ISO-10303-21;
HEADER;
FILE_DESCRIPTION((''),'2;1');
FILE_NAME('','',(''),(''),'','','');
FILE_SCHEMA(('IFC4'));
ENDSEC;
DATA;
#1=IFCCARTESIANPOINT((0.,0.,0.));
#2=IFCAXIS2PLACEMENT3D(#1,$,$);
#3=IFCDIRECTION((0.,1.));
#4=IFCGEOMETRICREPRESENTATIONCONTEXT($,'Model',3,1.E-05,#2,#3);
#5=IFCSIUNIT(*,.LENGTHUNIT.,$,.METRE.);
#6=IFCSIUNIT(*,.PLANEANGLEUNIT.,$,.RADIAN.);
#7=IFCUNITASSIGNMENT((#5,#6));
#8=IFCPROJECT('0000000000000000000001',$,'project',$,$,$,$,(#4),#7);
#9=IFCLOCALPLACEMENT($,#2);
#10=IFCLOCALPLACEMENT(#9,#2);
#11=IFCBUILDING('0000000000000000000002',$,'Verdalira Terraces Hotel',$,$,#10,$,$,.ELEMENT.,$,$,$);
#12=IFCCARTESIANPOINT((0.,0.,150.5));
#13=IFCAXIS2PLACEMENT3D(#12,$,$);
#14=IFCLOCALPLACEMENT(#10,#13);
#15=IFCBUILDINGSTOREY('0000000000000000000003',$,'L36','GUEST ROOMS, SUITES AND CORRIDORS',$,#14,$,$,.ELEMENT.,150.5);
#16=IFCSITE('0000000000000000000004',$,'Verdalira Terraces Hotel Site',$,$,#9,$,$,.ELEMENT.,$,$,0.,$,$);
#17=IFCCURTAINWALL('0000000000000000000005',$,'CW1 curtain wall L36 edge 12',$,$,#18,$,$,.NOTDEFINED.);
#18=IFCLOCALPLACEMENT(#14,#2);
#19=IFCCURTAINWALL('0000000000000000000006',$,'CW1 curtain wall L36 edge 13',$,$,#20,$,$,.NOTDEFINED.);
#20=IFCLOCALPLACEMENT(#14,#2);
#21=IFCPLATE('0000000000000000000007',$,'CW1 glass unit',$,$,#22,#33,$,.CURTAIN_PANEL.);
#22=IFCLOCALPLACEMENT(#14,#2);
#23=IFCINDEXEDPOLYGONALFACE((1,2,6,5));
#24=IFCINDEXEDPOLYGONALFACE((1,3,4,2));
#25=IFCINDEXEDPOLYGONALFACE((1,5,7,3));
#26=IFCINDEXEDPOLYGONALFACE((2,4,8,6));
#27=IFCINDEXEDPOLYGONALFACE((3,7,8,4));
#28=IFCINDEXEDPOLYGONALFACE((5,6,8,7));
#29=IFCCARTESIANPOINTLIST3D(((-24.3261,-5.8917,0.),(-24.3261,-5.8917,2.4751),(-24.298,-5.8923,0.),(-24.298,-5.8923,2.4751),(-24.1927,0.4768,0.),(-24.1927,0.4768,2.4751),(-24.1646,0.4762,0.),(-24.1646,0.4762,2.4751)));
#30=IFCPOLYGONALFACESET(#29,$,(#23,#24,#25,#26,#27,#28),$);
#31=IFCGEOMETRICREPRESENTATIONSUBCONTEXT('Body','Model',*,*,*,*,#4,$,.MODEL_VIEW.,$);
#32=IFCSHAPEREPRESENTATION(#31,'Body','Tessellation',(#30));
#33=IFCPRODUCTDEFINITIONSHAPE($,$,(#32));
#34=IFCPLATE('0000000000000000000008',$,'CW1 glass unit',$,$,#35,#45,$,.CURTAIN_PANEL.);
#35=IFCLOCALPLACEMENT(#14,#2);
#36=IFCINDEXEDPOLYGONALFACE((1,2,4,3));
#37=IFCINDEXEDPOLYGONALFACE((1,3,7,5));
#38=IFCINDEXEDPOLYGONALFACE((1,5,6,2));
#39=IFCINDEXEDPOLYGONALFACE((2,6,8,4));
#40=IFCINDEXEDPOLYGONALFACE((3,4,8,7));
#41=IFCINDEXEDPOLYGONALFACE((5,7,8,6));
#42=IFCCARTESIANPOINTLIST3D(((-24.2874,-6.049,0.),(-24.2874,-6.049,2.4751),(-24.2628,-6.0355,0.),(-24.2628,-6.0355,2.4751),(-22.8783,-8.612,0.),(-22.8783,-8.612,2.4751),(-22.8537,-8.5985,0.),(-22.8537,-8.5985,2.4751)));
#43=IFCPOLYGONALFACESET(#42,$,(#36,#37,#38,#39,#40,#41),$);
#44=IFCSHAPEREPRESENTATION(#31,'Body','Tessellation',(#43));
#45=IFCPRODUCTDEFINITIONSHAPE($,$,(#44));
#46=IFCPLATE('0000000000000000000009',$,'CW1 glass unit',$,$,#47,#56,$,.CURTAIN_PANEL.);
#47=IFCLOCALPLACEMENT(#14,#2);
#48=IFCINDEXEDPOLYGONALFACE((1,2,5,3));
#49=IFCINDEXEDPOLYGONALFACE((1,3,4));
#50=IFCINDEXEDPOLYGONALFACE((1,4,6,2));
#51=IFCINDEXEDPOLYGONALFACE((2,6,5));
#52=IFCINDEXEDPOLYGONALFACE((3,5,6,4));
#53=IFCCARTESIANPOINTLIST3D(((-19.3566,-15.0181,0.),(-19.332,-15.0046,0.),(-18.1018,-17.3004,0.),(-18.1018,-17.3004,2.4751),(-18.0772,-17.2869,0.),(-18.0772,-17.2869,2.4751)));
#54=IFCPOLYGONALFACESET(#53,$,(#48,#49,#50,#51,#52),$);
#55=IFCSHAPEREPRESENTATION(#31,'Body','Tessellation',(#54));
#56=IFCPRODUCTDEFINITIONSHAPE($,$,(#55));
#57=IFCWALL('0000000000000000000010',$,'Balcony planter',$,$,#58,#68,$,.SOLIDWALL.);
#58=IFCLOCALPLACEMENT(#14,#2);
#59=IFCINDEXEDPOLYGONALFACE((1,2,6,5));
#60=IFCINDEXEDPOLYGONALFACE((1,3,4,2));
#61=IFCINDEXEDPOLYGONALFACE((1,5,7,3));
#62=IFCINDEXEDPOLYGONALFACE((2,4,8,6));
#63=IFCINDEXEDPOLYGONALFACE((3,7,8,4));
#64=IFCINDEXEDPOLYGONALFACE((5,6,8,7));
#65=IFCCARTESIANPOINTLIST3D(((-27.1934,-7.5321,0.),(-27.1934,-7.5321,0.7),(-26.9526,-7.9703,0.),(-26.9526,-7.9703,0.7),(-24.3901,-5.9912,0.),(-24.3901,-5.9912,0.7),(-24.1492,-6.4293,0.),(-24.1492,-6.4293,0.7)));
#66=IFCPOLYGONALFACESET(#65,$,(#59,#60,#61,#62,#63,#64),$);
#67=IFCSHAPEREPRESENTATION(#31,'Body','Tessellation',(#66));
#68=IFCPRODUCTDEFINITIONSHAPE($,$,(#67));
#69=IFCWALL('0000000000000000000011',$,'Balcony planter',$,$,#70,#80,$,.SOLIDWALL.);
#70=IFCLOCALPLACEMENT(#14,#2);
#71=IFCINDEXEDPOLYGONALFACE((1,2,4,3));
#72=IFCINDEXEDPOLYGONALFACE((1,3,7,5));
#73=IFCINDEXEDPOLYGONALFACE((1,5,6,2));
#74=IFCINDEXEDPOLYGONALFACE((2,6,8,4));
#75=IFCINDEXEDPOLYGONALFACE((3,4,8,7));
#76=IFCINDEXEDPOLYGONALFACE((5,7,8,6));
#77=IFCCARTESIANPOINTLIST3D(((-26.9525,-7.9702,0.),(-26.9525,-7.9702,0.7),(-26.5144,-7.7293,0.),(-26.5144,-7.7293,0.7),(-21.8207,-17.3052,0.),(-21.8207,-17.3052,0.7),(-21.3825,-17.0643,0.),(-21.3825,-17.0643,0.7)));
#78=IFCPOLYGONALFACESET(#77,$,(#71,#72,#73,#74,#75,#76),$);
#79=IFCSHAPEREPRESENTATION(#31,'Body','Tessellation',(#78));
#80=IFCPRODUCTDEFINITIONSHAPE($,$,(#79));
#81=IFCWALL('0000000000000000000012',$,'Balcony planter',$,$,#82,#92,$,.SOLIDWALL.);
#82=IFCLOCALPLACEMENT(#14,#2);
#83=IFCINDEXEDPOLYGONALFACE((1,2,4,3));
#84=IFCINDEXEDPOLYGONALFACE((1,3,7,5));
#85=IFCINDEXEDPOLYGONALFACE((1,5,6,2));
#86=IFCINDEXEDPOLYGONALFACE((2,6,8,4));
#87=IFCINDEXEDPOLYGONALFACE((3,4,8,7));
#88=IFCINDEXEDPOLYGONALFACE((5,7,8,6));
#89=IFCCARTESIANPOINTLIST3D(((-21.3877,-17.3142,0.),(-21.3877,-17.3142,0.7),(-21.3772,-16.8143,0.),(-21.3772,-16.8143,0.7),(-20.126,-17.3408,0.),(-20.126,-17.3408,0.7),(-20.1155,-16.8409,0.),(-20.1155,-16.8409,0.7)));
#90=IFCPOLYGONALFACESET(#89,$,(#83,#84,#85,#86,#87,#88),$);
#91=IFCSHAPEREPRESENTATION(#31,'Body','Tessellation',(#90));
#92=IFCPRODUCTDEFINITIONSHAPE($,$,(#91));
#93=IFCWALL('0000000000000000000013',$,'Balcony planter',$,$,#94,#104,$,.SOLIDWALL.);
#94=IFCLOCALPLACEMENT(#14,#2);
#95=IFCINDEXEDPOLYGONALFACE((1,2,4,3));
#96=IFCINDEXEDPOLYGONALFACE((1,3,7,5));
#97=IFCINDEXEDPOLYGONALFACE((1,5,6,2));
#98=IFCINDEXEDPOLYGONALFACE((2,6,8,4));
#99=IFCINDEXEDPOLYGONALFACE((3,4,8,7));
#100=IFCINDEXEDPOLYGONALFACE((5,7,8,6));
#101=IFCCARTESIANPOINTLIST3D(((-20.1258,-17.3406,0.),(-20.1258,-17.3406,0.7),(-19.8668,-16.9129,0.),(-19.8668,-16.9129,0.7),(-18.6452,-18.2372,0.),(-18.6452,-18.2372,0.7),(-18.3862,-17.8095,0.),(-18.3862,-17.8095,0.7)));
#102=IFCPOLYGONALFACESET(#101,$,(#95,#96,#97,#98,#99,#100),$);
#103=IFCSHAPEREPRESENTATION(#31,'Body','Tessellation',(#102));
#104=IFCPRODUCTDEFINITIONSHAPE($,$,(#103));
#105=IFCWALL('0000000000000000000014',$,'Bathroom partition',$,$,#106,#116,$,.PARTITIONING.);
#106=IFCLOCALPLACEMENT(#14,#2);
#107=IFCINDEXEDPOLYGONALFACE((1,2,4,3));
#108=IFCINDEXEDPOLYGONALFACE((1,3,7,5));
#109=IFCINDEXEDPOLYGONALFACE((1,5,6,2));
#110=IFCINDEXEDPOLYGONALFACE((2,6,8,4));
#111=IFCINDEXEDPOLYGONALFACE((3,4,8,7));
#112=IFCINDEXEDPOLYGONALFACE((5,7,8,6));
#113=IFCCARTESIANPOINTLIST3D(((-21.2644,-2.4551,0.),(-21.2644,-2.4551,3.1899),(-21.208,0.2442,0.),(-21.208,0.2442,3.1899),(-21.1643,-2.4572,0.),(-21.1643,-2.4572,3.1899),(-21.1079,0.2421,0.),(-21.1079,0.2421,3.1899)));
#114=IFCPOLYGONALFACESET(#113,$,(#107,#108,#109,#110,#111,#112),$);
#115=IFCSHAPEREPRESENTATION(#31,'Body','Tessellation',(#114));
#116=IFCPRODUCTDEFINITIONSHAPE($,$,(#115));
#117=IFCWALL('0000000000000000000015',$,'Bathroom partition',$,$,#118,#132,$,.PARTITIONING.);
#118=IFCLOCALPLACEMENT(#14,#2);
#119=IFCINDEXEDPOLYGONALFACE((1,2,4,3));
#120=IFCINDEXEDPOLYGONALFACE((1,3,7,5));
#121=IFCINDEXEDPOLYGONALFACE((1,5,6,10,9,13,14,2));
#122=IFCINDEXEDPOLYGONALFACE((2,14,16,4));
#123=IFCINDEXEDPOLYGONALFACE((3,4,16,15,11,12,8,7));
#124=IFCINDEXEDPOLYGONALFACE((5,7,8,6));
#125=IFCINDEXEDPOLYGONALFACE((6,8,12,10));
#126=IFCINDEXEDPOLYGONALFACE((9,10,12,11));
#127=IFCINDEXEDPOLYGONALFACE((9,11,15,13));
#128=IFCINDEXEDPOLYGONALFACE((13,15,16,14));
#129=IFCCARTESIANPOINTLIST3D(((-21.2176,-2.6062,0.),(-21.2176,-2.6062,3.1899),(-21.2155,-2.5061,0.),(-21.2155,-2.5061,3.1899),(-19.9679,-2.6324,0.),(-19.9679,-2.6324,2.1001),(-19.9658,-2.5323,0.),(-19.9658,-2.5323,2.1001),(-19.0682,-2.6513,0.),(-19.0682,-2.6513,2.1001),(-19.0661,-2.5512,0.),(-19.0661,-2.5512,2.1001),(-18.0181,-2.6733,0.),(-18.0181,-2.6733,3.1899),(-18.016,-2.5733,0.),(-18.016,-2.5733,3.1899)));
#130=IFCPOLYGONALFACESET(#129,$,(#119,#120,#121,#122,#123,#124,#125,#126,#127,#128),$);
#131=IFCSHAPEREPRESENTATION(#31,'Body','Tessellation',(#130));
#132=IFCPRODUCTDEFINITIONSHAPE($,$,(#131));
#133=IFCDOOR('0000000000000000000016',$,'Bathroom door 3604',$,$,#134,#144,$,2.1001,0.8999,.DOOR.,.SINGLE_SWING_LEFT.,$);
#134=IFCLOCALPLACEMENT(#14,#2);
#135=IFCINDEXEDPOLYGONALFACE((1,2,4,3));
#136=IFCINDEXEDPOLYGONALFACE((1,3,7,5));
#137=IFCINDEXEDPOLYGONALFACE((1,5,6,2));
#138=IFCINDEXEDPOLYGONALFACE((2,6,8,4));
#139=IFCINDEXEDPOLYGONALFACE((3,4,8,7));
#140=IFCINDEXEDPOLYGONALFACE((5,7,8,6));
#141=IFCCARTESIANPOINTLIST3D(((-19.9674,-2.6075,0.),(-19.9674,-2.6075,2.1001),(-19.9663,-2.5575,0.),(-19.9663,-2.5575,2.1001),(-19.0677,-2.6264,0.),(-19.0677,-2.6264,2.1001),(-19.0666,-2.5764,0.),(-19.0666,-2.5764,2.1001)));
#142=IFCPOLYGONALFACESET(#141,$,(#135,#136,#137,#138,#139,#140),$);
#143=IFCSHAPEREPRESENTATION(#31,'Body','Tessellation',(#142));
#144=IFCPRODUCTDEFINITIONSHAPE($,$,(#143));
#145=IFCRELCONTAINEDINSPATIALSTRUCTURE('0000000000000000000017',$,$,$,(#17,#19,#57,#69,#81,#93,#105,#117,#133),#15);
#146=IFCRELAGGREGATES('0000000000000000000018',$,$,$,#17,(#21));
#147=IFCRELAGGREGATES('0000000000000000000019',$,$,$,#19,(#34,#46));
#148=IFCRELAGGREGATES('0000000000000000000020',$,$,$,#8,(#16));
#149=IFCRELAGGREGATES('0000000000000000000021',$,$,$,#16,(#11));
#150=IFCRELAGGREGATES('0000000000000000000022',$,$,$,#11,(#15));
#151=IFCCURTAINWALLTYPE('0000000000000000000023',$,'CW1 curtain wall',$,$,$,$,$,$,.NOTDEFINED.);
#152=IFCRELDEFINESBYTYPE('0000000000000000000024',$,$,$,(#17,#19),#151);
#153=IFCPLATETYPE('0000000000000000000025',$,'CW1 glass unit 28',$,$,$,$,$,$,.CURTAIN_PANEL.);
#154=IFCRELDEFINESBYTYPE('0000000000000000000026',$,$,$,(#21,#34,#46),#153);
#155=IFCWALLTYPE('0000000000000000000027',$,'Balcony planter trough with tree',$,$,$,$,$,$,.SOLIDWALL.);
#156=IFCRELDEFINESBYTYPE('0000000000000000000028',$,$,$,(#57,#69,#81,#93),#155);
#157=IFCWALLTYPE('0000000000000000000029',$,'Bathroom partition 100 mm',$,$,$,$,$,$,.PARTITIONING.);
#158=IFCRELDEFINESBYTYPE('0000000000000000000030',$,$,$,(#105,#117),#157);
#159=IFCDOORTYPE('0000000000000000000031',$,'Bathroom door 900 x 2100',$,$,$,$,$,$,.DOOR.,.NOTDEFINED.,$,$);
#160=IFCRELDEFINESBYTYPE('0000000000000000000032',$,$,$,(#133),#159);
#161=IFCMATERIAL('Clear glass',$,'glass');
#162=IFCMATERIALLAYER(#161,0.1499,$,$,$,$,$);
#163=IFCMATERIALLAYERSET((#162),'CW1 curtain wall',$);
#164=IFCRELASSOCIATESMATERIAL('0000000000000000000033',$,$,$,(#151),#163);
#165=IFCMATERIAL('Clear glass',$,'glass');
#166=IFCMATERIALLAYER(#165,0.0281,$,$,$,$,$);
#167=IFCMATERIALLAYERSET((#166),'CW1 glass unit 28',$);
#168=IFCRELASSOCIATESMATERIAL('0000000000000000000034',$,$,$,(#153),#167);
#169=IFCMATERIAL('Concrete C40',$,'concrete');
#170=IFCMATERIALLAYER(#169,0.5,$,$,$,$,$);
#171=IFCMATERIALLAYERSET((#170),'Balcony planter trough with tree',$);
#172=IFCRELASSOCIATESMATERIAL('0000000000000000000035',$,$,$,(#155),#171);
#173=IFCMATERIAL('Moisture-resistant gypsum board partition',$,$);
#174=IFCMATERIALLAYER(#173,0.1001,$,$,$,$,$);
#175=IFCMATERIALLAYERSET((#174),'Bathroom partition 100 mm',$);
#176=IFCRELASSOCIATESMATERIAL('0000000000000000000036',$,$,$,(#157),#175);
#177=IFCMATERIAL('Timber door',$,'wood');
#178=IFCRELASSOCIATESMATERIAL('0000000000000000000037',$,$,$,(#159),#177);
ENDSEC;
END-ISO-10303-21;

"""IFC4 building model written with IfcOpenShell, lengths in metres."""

from ifc_helpers import new_model, si_unit, direction, frame, frame_2d, origin, origin_2d, place, context, subcontext, project, spatial, polyline, rectangle, outline, extrude, material, layer, layer_set, type_object, element, fill, aggregate, save


model = new_model("IFC4")

# Units and contexts
model_context = context("Model", 3, precision=1e-05, world=origin(), true_north=direction((0.0, 1.0)))
body_context = subcontext(model_context, "Body", "Model", "MODEL_VIEW")
ifc_project = project(units=[si_unit("LENGTHUNIT", "METRE"), si_unit("PLANEANGLEUNIT", "RADIAN")], contexts=[model_context])

# Site, building, storey
site_placement = place(None, origin())
site = spatial("IfcSite", under=ifc_project, at=site_placement, Name="Verdalira Terraces Hotel Site", CompositionType="ELEMENT", RefElevation=0.0)
building_placement = place(site_placement, origin())
building = spatial("IfcBuilding", under=site, at=building_placement, Name="Verdalira Terraces Hotel", CompositionType="ELEMENT")
storey_placement = place(building_placement, frame((0.0, 0.0, 150.5)))
storey = spatial("IfcBuildingStorey", under=building, at=storey_placement, Name="L36", Description="GUEST ROOMS, SUITES AND CORRIDORS", CompositionType="ELEMENT", Elevation=150.5)

# Curtain wall
ifc_material_1 = material(Name="Clear glass", Category="glass")
ifc_layer_1 = layer(ifc_material_1, 0.1499)
ifc_layer_set_1 = layer_set([ifc_layer_1], Name="CW1 curtain wall")
curtain_wall_type = type_object("IfcCurtainWallType", Name="CW1 curtain wall", PredefinedType="NOTDEFINED", material=ifc_layer_set_1)
curtain_wall_1_placement = place(storey_placement, origin())
curtain_wall_1 = element("IfcCurtainWall", 1, at=curtain_wall_1_placement, inside=storey, type_object=curtain_wall_type, Name="CW1 curtain wall L36 edge 12", PredefinedType="NOTDEFINED")

# Curtain wall
curtain_wall_2_placement = place(storey_placement, origin())
curtain_wall_2 = element("IfcCurtainWall", 2, at=curtain_wall_2_placement, inside=storey, type_object=curtain_wall_type, Name="CW1 curtain wall L36 edge 13", PredefinedType="NOTDEFINED")

# Plates
ifc_material_2 = material(Name="Clear glass", Category="glass")
ifc_layer_2 = layer(ifc_material_2, 0.0281)
ifc_layer_set_2 = layer_set([ifc_layer_2], Name="CW1 glass unit 28")
plate_type = type_object("IfcPlateType", Name="CW1 glass unit 28", PredefinedType="CURTAIN_PANEL", material=ifc_layer_set_2)
plate_1_placement = place(storey_placement, frame((-24.2454, -2.7078, 0.0), z_axis=(0.0, 0.0, 1.0), x_axis=(-0.020942, -0.999781, 0.0)))
plate_1 = element("IfcPlate", 3, at=plate_1_placement, type_object=plate_type, Name="CW1 glass unit", PredefinedType="CURTAIN_PANEL", context=body_context, shape_type="SweptSolid", body=[
    extrude(rectangle(XDim=6.3699, YDim=0.0281, at=origin_2d()), origin(), (0.0, 0.0, 1.0), 2.4751),
])
aggregate(curtain_wall_1, [plate_1])
plate_2_placement = place(storey_placement, frame((-23.5706, -7.3237, 0.0), z_axis=(0.0, 0.0, 1.0), x_axis=(0.481754, -0.876307, 0.0)))
plate_2 = element("IfcPlate", 4, at=plate_2_placement, type_object=plate_type, Name="CW1 glass unit", PredefinedType="CURTAIN_PANEL", context=body_context, shape_type="SweptSolid", body=[
    extrude(rectangle(XDim=2.9248, YDim=0.0281, at=origin_2d()), origin(), (0.0, 0.0, 1.0), 2.4751),
])
plate_3_placement = place(storey_placement, frame((-18.7046, -16.1458, 1.2375), z_axis=(-0.876307, -0.481754, 0.0), x_axis=(0.481754, -0.876307, 0.0)))
plate_3 = element("IfcPlate", 5, at=plate_3_placement, type_object=plate_type, Name="CW1 glass unit", PredefinedType="CURTAIN_PANEL", context=body_context, shape_type="SweptSolid", body=[
    extrude(outline(polyline([(-1.3022, -1.2375), (1.3022, -1.2375), (1.3022, 1.2375), (-1.3022, -1.2375)])), origin(), (0.0, 0.0, 1.0), 0.0281),
])
aggregate(curtain_wall_2, [plate_2, plate_3])

# Walls
ifc_material_3 = material(Name="Concrete C40", Category="concrete")
ifc_layer_3 = layer(ifc_material_3, 0.5)
ifc_layer_set_3 = layer_set([ifc_layer_3], Name="Balcony planter trough with tree")
wall_type_1 = type_object("IfcWallType", Name="Balcony planter trough with tree", PredefinedType="SOLIDWALL", material=ifc_layer_set_3)
wall_1_placement = place(storey_placement, frame((-24.2695, -6.2102, 0.0), z_axis=(0.0, 0.0, 1.0), x_axis=(-0.876334, -0.481705, 0.0)))
element("IfcWall", 6, at=wall_1_placement, inside=storey, type_object=wall_type_1, Name="Balcony planter", PredefinedType="SOLIDWALL", context=body_context, shape_type="SweptSolid", body=[
    extrude(rectangle(XDim=3.199, YDim=0.5, at=frame_2d((1.5996, 0.0))), origin(), (0.0, 0.0, 1.0), 0.7),
])
wall_2_placement = place(storey_placement, frame((-26.7334, -7.8499, 0.0), z_axis=(0.0, 0.0, 1.0), x_axis=(0.481746, -0.876311, 0.0)))
element("IfcWall", 7, at=wall_2_placement, inside=storey, type_object=wall_type_1, Name="Balcony planter", PredefinedType="SOLIDWALL", context=body_context, shape_type="SweptSolid", body=[
    extrude(rectangle(XDim=10.6526, YDim=0.5, at=frame_2d((5.3262, 0.0))), origin(), (0.0, 0.0, 1.0), 0.7),
])
wall_3_placement = place(storey_placement, frame((-21.3823, -17.0642, 0.0), z_axis=(0.0, 0.0, 1.0), x_axis=(0.999778, -0.021087, 0.0)))
element("IfcWall", 8, at=wall_3_placement, inside=storey, type_object=wall_type_1, Name="Balcony planter", PredefinedType="SOLIDWALL", context=body_context, shape_type="SweptSolid", body=[
    extrude(rectangle(XDim=1.262, YDim=0.5, at=frame_2d((0.6309, 0.0))), origin(), (0.0, 0.0, 1.0), 0.7),
])
wall_4_placement = place(storey_placement, frame((-19.9963, -17.1267, 0.0), z_axis=(0.0, 0.0, 1.0), x_axis=(0.85537, -0.518017, 0.0)))
element("IfcWall", 9, at=wall_4_placement, inside=storey, type_object=wall_type_1, Name="Balcony planter", PredefinedType="SOLIDWALL", context=body_context, shape_type="SweptSolid", body=[
    extrude(rectangle(XDim=1.731, YDim=0.5, at=frame_2d((0.8655, 0.0))), origin(), (0.0, 0.0, 1.0), 0.7),
])
ifc_material_4 = material(Name="Moisture-resistant gypsum board partition")
ifc_layer_4 = layer(ifc_material_4, 0.1001)
ifc_layer_set_4 = layer_set([ifc_layer_4], Name="Bathroom partition 100 mm")
wall_type_2 = type_object("IfcWallType", Name="Bathroom partition 100 mm", PredefinedType="PARTITIONING", material=ifc_layer_set_4)
wall_5_placement = place(storey_placement, frame((-21.2144, -2.4563, 0.0), z_axis=(0.0, 0.0, 1.0), x_axis=(0.020887, 0.999782, 0.0)))
element("IfcWall", 10, at=wall_5_placement, inside=storey, type_object=wall_type_2, Name="Bathroom partition", PredefinedType="PARTITIONING", context=body_context, shape_type="SweptSolid", body=[
    extrude(rectangle(XDim=2.7, YDim=0.1001, at=frame_2d((1.3501, 0.0))), origin(), (0.0, 0.0, 1.0), 3.1899),
])

# Wall, opening, door
wall_6_placement = place(storey_placement, frame((-21.2166, -2.5562, 0.0), z_axis=(0.0, 0.0, 1.0), x_axis=(0.99978, -0.02098, 0.0)))
wall_6 = element("IfcWall", 11, at=wall_6_placement, inside=storey, type_object=wall_type_2, Name="Bathroom partition", PredefinedType="PARTITIONING", context=body_context, shape_type="SweptSolid", body=[
    extrude(rectangle(XDim=3.2002, YDim=0.1001, at=frame_2d((1.6001, 0.0))), origin(), (0.0, 0.0, 1.0), 3.1899),
])
opening_1_placement = place(wall_6_placement, frame((1.25, 0.0, 0.0)))
opening_1 = element("IfcOpeningElement", 12, at=opening_1_placement, cuts=wall_6, PredefinedType="OPENING", context=body_context, shape_type="SweptSolid", body=[
    extrude(rectangle(XDim=0.8999, YDim=2.1001, at=frame_2d((0.45, 1.05))), frame((0.0, 0.0601, 0.0), z_axis=(0.0, -1.0, 0.0), x_axis=(1.0, 0.0, 0.0)), (0.0, 0.0, 1.0), 0.1201),
])
ifc_material_5 = material(Name="Timber door", Category="wood")
door_type_1 = type_object("IfcDoorType", Name="Bathroom door 900 x 2100", OperationType="NOTDEFINED", PredefinedType="DOOR", material=ifc_material_5)
door_1_placement = place(opening_1_placement, origin())
door_1 = element("IfcDoor", 13, at=door_1_placement, inside=storey, type_object=door_type_1, Name="Bathroom door 3604", OperationType="SINGLE_SWING_LEFT", OverallHeight=2.1001, OverallWidth=0.8999, PredefinedType="DOOR", context=body_context, shape_type="SweptSolid", body=[
    extrude(rectangle(XDim=0.8999, YDim=2.1001, at=frame_2d((0.45, 1.05))), frame((0.0, 0.0249, 0.0), z_axis=(0.0, -1.0, 0.0), x_axis=(1.0, 0.0, 0.0)), (0.0, 0.0, 1.0), 0.05),
])
fill(opening_1, door_1)

save(model, "model.ifc")
